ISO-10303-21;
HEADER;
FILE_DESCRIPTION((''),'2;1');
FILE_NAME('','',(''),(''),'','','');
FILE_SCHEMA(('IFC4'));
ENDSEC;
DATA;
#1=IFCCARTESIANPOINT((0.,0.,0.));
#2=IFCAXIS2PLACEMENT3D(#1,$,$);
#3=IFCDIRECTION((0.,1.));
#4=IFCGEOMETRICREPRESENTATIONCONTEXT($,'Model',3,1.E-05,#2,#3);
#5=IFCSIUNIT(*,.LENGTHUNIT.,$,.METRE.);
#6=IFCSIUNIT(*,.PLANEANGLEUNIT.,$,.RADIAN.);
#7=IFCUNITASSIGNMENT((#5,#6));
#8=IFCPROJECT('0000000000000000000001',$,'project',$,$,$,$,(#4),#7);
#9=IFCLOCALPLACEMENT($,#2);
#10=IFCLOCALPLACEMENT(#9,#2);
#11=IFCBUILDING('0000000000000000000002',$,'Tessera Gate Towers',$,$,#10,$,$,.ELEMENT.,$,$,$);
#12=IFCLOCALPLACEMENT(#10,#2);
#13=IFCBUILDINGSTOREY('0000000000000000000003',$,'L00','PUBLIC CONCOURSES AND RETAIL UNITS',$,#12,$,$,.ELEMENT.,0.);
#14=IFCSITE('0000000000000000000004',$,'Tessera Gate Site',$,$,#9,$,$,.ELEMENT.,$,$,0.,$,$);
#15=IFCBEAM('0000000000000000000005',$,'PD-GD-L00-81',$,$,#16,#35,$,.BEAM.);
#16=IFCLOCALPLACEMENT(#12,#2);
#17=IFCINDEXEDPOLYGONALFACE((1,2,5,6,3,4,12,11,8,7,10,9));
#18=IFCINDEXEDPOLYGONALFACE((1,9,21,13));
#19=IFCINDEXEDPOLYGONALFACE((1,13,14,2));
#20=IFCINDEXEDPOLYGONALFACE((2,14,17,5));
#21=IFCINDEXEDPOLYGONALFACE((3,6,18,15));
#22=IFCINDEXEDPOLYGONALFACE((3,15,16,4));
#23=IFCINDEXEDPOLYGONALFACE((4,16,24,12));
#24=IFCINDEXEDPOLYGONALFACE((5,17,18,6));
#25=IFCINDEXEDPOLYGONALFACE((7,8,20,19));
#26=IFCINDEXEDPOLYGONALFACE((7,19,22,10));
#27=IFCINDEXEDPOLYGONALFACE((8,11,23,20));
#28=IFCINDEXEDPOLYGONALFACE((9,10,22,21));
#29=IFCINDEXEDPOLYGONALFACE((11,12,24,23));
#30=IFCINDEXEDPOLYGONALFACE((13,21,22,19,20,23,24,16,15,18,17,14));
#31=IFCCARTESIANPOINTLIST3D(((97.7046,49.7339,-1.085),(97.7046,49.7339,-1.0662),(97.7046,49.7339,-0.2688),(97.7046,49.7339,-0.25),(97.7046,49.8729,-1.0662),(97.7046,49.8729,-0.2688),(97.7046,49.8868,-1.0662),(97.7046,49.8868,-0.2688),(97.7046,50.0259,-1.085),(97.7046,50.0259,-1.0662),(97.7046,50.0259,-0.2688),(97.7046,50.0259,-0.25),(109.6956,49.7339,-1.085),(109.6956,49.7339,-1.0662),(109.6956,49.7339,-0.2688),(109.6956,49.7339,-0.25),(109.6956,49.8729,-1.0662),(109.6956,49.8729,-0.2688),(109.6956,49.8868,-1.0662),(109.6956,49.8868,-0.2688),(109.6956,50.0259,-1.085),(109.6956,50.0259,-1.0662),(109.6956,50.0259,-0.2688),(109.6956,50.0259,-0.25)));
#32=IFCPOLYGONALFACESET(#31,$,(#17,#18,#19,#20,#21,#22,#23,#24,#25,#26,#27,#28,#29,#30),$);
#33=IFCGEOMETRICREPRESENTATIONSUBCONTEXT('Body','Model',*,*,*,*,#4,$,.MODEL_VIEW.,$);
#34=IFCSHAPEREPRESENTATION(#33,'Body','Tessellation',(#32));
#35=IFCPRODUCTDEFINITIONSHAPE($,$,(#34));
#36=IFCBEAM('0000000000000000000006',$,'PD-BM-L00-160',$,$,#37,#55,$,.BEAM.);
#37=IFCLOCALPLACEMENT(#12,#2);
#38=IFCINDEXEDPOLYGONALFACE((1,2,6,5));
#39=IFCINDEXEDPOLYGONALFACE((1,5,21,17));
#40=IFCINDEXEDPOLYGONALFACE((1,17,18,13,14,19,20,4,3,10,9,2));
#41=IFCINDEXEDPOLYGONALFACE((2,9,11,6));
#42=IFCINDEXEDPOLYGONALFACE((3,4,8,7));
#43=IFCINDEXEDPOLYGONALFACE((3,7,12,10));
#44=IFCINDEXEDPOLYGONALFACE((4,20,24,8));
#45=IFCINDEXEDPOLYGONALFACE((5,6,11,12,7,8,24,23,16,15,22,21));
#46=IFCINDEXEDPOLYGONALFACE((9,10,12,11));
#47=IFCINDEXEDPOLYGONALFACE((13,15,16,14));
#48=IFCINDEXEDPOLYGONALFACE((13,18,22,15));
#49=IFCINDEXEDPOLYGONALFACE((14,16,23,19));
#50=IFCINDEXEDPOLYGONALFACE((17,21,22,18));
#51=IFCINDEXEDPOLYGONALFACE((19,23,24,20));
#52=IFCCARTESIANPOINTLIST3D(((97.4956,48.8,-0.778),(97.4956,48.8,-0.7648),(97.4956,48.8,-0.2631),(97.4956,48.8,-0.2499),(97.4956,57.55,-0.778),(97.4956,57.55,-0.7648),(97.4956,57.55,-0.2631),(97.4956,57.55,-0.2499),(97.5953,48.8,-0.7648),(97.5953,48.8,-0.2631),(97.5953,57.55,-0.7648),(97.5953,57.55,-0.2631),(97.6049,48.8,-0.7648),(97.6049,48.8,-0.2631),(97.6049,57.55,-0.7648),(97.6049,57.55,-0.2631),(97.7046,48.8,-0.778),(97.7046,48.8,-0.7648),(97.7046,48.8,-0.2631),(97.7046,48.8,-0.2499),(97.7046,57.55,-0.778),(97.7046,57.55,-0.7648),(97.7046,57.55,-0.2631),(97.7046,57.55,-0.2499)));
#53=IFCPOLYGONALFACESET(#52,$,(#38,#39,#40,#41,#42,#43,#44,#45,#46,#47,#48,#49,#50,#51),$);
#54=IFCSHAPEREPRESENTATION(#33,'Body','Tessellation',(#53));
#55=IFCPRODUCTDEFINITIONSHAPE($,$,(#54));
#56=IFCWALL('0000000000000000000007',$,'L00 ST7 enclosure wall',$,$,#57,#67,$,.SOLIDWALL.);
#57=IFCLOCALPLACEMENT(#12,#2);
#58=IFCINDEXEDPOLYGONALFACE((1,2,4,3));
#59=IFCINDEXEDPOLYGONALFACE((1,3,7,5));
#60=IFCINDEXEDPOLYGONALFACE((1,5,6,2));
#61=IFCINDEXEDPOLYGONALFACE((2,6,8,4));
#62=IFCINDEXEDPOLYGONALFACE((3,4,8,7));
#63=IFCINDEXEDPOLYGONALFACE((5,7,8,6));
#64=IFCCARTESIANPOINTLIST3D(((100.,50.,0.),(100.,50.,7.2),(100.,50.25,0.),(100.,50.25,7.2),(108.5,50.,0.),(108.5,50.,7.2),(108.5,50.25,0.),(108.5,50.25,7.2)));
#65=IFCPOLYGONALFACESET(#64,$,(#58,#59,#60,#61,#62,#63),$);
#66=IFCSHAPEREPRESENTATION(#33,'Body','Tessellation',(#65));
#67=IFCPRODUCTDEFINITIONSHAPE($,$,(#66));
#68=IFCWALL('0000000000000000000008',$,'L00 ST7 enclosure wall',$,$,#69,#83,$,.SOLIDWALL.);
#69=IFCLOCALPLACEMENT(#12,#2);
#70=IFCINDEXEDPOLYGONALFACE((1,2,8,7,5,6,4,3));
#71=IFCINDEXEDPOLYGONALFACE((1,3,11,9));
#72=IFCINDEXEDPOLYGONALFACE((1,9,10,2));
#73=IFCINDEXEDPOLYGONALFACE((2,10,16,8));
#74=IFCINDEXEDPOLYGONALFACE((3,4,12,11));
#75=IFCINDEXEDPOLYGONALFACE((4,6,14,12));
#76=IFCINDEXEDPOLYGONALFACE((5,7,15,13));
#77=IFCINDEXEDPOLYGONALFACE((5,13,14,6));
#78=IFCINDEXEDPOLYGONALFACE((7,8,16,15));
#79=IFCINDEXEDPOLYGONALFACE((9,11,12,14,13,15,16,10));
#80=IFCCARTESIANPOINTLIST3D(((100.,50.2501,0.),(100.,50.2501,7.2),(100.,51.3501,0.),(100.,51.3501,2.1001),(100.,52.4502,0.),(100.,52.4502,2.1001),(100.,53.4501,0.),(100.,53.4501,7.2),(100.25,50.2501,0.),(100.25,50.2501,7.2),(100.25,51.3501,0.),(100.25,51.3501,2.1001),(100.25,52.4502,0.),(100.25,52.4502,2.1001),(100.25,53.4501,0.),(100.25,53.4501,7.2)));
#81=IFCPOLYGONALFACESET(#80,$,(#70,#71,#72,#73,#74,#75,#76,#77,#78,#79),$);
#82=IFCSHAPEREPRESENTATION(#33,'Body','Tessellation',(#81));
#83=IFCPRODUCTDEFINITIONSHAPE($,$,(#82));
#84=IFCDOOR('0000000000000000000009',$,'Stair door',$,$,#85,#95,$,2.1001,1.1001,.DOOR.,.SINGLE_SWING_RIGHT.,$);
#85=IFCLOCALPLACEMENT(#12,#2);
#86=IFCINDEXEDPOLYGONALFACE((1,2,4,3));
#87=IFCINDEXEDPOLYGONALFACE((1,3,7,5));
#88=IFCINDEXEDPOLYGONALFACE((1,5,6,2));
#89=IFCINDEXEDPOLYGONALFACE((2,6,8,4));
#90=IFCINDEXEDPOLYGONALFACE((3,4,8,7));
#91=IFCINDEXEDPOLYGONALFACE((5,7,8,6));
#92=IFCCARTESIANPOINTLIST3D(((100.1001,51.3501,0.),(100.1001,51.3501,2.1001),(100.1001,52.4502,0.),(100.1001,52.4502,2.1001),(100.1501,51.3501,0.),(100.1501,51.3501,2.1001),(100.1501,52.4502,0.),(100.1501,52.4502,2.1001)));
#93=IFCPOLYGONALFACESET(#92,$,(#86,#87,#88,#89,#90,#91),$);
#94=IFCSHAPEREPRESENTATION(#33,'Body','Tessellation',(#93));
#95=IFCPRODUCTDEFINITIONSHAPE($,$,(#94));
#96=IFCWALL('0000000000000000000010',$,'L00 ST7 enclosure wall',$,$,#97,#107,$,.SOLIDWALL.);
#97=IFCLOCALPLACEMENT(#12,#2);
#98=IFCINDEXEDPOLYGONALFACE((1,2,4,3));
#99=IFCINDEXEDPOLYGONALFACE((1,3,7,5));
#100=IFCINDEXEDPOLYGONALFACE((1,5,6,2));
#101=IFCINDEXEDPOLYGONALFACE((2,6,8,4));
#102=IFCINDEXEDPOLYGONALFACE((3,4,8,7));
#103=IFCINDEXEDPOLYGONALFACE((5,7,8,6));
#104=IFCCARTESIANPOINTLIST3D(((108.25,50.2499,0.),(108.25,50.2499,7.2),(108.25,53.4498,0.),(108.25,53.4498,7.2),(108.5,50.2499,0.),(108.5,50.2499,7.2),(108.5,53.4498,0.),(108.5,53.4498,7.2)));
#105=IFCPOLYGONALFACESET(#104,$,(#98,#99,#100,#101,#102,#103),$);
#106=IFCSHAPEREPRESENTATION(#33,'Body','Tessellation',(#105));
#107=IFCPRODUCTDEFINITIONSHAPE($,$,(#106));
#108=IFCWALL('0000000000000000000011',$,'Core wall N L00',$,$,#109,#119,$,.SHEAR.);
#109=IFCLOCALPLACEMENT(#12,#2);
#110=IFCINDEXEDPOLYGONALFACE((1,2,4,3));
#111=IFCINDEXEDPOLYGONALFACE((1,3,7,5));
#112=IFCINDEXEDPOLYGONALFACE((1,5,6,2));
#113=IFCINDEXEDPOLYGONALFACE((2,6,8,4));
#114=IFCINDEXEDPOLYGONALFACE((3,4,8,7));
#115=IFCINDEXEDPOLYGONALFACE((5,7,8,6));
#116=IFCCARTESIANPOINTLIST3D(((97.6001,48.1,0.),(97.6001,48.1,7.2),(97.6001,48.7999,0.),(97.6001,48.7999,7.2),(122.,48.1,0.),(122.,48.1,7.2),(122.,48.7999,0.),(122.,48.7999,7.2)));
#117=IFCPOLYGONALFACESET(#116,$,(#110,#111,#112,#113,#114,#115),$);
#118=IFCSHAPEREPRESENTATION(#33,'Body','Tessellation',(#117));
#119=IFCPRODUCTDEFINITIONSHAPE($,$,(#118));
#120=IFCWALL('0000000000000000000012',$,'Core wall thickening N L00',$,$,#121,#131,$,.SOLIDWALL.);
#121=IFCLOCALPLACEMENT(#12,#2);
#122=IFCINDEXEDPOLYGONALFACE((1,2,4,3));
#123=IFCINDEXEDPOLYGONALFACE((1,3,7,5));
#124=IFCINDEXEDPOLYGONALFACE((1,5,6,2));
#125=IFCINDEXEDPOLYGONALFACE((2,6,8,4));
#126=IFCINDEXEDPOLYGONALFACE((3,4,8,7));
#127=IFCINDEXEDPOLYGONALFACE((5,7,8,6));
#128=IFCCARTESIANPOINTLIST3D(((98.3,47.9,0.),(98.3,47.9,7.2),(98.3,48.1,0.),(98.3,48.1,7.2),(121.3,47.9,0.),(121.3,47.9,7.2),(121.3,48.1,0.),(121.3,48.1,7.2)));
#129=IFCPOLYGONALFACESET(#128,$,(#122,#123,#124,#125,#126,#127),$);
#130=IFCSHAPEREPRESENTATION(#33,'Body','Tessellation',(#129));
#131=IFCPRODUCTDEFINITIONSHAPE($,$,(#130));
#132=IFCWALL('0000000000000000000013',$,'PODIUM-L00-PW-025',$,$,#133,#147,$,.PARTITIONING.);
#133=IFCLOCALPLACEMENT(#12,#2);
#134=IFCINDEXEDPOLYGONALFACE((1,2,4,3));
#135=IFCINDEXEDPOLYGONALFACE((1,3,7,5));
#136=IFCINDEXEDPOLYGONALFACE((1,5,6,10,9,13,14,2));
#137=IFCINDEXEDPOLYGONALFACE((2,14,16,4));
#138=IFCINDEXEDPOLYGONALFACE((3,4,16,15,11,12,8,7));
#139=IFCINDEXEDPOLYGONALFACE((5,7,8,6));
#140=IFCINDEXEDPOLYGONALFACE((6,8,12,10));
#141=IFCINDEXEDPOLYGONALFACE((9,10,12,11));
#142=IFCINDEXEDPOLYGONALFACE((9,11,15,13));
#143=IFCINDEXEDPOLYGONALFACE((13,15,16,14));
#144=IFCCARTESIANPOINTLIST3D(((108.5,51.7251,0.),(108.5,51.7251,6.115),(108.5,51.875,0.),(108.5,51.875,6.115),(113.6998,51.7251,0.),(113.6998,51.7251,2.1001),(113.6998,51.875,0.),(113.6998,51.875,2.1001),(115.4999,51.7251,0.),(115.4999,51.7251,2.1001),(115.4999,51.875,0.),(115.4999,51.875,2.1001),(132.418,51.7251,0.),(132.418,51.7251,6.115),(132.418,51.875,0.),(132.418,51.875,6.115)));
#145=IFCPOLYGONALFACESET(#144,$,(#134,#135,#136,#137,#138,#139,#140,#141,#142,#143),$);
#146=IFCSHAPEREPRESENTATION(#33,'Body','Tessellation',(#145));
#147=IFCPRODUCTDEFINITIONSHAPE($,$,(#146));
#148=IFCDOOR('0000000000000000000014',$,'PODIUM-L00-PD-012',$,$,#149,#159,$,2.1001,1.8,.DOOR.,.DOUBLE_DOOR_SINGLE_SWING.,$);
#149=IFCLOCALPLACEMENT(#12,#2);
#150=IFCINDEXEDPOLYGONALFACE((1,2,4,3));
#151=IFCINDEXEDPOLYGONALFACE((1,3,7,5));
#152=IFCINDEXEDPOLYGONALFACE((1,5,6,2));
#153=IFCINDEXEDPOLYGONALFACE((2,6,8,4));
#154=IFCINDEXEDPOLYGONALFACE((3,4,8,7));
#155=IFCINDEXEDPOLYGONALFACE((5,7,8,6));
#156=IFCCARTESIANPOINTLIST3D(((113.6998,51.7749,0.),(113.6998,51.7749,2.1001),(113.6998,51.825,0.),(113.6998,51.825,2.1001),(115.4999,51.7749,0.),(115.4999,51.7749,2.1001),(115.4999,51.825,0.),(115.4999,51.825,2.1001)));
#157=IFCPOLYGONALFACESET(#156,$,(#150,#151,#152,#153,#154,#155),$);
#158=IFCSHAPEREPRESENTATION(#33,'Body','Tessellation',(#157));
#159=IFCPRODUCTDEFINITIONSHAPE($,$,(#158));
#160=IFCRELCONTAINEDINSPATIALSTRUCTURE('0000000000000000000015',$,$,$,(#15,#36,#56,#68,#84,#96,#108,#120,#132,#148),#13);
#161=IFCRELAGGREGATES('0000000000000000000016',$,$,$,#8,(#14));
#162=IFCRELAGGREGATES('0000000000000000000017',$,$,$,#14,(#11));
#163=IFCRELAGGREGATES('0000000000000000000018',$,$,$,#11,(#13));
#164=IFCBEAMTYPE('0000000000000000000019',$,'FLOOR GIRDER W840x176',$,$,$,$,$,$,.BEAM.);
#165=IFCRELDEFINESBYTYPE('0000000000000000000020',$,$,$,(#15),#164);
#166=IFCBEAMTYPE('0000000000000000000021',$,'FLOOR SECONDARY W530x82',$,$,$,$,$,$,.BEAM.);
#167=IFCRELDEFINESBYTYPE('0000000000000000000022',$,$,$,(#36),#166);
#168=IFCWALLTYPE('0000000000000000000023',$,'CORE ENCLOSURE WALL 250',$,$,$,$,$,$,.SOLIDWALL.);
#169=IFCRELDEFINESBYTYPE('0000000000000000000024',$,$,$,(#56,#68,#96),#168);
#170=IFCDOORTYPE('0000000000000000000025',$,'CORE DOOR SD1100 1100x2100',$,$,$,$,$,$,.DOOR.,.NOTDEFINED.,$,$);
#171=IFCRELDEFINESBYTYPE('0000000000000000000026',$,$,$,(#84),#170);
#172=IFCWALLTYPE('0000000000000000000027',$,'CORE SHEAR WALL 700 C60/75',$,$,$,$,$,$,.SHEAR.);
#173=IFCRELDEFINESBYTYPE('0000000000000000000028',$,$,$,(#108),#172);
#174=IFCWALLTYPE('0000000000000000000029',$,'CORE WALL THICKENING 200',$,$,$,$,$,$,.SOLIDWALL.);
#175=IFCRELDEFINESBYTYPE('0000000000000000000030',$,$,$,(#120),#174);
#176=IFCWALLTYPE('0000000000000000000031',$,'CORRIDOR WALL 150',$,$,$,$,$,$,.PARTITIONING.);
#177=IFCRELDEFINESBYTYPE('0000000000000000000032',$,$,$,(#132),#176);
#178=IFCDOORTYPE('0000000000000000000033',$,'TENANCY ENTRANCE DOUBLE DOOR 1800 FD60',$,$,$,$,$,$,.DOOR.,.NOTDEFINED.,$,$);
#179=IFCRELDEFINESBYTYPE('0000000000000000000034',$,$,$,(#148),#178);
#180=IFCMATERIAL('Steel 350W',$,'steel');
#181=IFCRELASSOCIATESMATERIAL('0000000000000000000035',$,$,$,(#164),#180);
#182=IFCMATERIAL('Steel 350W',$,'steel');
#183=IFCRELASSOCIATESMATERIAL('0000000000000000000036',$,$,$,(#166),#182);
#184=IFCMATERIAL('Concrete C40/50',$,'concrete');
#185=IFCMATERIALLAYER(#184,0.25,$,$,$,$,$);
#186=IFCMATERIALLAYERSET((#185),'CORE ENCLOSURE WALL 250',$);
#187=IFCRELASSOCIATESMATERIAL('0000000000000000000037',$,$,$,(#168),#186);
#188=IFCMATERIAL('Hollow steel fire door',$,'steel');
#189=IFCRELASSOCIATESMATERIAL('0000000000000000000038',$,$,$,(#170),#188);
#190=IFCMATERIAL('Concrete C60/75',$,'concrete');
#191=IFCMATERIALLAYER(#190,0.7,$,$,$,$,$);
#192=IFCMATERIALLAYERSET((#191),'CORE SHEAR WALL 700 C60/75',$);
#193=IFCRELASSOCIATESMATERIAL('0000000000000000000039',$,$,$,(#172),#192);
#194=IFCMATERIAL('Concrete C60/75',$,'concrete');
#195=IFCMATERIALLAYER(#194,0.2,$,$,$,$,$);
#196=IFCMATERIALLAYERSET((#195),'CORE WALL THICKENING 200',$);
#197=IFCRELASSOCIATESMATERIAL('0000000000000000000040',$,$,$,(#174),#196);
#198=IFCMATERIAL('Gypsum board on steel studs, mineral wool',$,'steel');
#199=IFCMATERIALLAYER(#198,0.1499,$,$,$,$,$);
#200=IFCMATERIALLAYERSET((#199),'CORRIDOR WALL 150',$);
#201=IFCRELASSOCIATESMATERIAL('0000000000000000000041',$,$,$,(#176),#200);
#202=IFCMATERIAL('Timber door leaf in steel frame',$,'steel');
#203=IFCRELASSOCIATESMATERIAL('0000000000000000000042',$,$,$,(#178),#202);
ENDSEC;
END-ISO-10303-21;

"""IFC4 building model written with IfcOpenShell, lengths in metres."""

from ifc_helpers import new_model, si_unit, direction, frame, frame_2d, origin, origin_2d, place, context, subcontext, project, spatial, rectangle, i_section, extrude, source, transform, mapped, material, layer, layer_set, material_profile, profile_set, type_object, element, fill, save


model = new_model("IFC4")

# Units and contexts
model_context = context("Model", 3, precision=1e-05, world=origin(), true_north=direction((0.0, 1.0)))
body_context = subcontext(model_context, "Body", "Model", "MODEL_VIEW")
ifc_project = project(units=[si_unit("LENGTHUNIT", "METRE"), si_unit("PLANEANGLEUNIT", "RADIAN")], contexts=[model_context])

# Site, building, storey
site_placement = place(None, origin())
site = spatial("IfcSite", under=ifc_project, at=site_placement, Name="Tessera Gate Site", CompositionType="ELEMENT", RefElevation=0.0)
building_placement = place(site_placement, origin())
building = spatial("IfcBuilding", under=site, at=building_placement, Name="Tessera Gate Towers", CompositionType="ELEMENT")
storey_placement = place(building_placement, origin())
storey = spatial("IfcBuildingStorey", under=building, at=storey_placement, Name="L00", Description="PUBLIC CONCOURSES AND RETAIL UNITS", CompositionType="ELEMENT", Elevation=0.0)

# Beams
ifc_material_1 = material(Name="Steel 350W", Category="steel")
ifc_material_profile_1 = material_profile(ifc_material_1, i_section(OverallWidth=0.292, OverallDepth=0.835, WebThickness=0.0139, FlangeThickness=0.0188, at=origin_2d()), Name="W840x176")
ifc_profile_set_1 = profile_set([ifc_material_profile_1], Name="Steel 350W")
beam_type_1 = type_object("IfcBeamType", Name="FLOOR GIRDER W840x176", PredefinedType="BEAM", material=ifc_profile_set_1)
beam_1_placement = place(storey_placement, frame((97.7046, 49.8799, -0.6675), z_axis=(1.0, 0.0, 0.0), x_axis=(0.0, 1.0, 0.0)))
element("IfcBeam", 1, at=beam_1_placement, inside=storey, type_object=beam_type_1, Name="PD-GD-L00-81", PredefinedType="BEAM", context=body_context, shape_type="SweptSolid", body=[
    extrude(i_section(OverallWidth=0.292, OverallDepth=0.835, WebThickness=0.0139, FlangeThickness=0.0188, at=origin_2d()), origin(), (0.0, 0.0, 1.0), 11.991),
])
ifc_material_2 = material(Name="Steel 350W", Category="steel")
ifc_material_profile_2 = material_profile(ifc_material_2, i_section(OverallWidth=0.209, OverallDepth=0.5281, WebThickness=0.0095, FlangeThickness=0.0132, at=origin_2d()), Name="W530x82")
ifc_profile_set_2 = profile_set([ifc_material_profile_2], Name="Steel 350W")
beam_type_2 = type_object("IfcBeamType", Name="FLOOR SECONDARY W530x82", PredefinedType="BEAM", material=ifc_profile_set_2)
beam_2_placement = place(storey_placement, frame((97.6001, 48.8, -0.5139), z_axis=(0.0, 1.0, 0.0), x_axis=(-1.0, 0.0, 0.0)))
element("IfcBeam", 2, at=beam_2_placement, inside=storey, type_object=beam_type_2, Name="PD-BM-L00-160", PredefinedType="BEAM", context=body_context, shape_type="SweptSolid", body=[
    extrude(i_section(OverallWidth=0.209, OverallDepth=0.5281, WebThickness=0.0095, FlangeThickness=0.0132, at=origin_2d()), origin(), (0.0, 0.0, 1.0), 8.75),
])

# Wall
ifc_material_3 = material(Name="Concrete C40/50", Category="concrete")
ifc_layer_1 = layer(ifc_material_3, 0.25)
ifc_layer_set_1 = layer_set([ifc_layer_1], Name="CORE ENCLOSURE WALL 250")
wall_type_1 = type_object("IfcWallType", Name="CORE ENCLOSURE WALL 250", PredefinedType="SOLIDWALL", material=ifc_layer_set_1)
wall_1_placement = place(storey_placement, frame((108.5, 50.125, 0.0), z_axis=(0.0, 0.0, 1.0), x_axis=(-1.0, 0.0, 0.0)))
element("IfcWall", 3, at=wall_1_placement, inside=storey, type_object=wall_type_1, Name="L00 ST7 enclosure wall", PredefinedType="SOLIDWALL", context=body_context, shape_type="SweptSolid", body=[
    extrude(rectangle(XDim=8.5, YDim=0.25, at=frame_2d((4.25, 0.0))), origin(), (0.0, 0.0, 1.0), 7.2),
])

# Wall, opening, door
wall_2_placement = place(storey_placement, frame((100.125, 50.25, 0.0), z_axis=(0.0, 0.0, 1.0), x_axis=(0.0, 1.0, 0.0)))
wall_2 = element("IfcWall", 4, at=wall_2_placement, inside=storey, type_object=wall_type_1, Name="L00 ST7 enclosure wall", PredefinedType="SOLIDWALL", context=body_context, shape_type="SweptSolid", body=[
    extrude(rectangle(XDim=3.2, YDim=0.25, at=frame_2d((1.6001, 0.0))), origin(), (0.0, 0.0, 1.0), 7.2),
])
shared_shape_1 = source(origin(), body_context, "Body", "SweptSolid", [
    extrude(rectangle(XDim=1.1001, YDim=2.1001, at=frame_2d((0.55, 1.05))), frame((0.0, 0.135, 0.0), z_axis=(0.0, -1.0, 0.0), x_axis=(1.0, 0.0, 0.0)), (0.0, 0.0, 1.0), 0.27),
])
opening_1_placement = place(wall_2_placement, frame((1.1001, 0.0, 0.0)))
opening_1 = element("IfcOpeningElement", 5, at=opening_1_placement, cuts=wall_2, PredefinedType="OPENING", context=body_context, shape_type="MappedRepresentation", body=[
    mapped(shared_shape_1, transform((0.0, 0.0, 0.0), scale=1.0)),
])
ifc_material_4 = material(Name="Hollow steel fire door", Category="steel")
door_type_1 = type_object("IfcDoorType", Name="CORE DOOR SD1100 1100x2100", OperationType="NOTDEFINED", PredefinedType="DOOR", material=ifc_material_4)
shared_shape_2 = source(origin(), body_context, "Body", "SweptSolid", [
    extrude(rectangle(XDim=1.1001, YDim=2.1001, at=frame_2d((0.55, 1.05))), frame((0.0, 0.0249, 0.0), z_axis=(0.0, -1.0, 0.0), x_axis=(1.0, 0.0, 0.0)), (0.0, 0.0, 1.0), 0.05),
])
door_1_placement = place(opening_1_placement, origin())
door_1 = element("IfcDoor", 6, at=door_1_placement, inside=storey, type_object=door_type_1, Name="Stair door", OperationType="SINGLE_SWING_RIGHT", OverallHeight=2.1001, OverallWidth=1.1001, PredefinedType="DOOR", context=body_context, shape_type="MappedRepresentation", body=[
    mapped(shared_shape_2, transform((0.0, 0.0, 0.0), scale=1.0)),
])
fill(opening_1, door_1)

# Walls
wall_3_placement = place(storey_placement, frame((108.375, 53.45, 0.0), z_axis=(0.0, 0.0, 1.0), x_axis=(0.0, -1.0, 0.0)))
element("IfcWall", 7, at=wall_3_placement, inside=storey, type_object=wall_type_1, Name="L00 ST7 enclosure wall", PredefinedType="SOLIDWALL", context=body_context, shape_type="SweptSolid", body=[
    extrude(rectangle(XDim=3.2, YDim=0.25, at=frame_2d((1.6001, 0.0))), origin(), (0.0, 0.0, 1.0), 7.2),
])
ifc_material_5 = material(Name="Concrete C60/75", Category="concrete")
ifc_layer_2 = layer(ifc_material_5, 0.7)
ifc_layer_set_2 = layer_set([ifc_layer_2], Name="CORE SHEAR WALL 700 C60/75")
wall_type_2 = type_object("IfcWallType", Name="CORE SHEAR WALL 700 C60/75", PredefinedType="SHEAR", material=ifc_layer_set_2)
wall_4_placement = place(storey_placement, frame((97.6001, 48.45, 0.0), z_axis=(0.0, 0.0, 1.0), x_axis=(1.0, 0.0, 0.0)))
element("IfcWall", 8, at=wall_4_placement, inside=storey, type_object=wall_type_2, Name="Core wall N L00", PredefinedType="SHEAR", context=body_context, shape_type="SweptSolid", body=[
    extrude(rectangle(XDim=24.3999, YDim=0.7, at=frame_2d((12.2, 0.0))), origin(), (0.0, 0.0, 1.0), 7.2),
])
ifc_material_6 = material(Name="Concrete C60/75", Category="concrete")
ifc_layer_3 = layer(ifc_material_6, 0.2)
ifc_layer_set_3 = layer_set([ifc_layer_3], Name="CORE WALL THICKENING 200")
wall_type_3 = type_object("IfcWallType", Name="CORE WALL THICKENING 200", PredefinedType="SOLIDWALL", material=ifc_layer_set_3)
wall_5_placement = place(storey_placement, frame((98.3, 48.0, 0.0), z_axis=(0.0, 0.0, 1.0), x_axis=(1.0, 0.0, 0.0)))
element("IfcWall", 9, at=wall_5_placement, inside=storey, type_object=wall_type_3, Name="Core wall thickening N L00", PredefinedType="SOLIDWALL", context=body_context, shape_type="SweptSolid", body=[
    extrude(rectangle(XDim=23.0, YDim=0.2, at=frame_2d((11.5, 0.0))), origin(), (0.0, 0.0, 1.0), 7.2),
])

# Wall, opening, door
ifc_material_7 = material(Name="Gypsum board on steel studs, mineral wool", Category="steel")
ifc_layer_4 = layer(ifc_material_7, 0.1499)
ifc_layer_set_4 = layer_set([ifc_layer_4], Name="CORRIDOR WALL 150")
wall_type_4 = type_object("IfcWallType", Name="CORRIDOR WALL 150", PredefinedType="PARTITIONING", material=ifc_layer_set_4)
wall_6_placement = place(storey_placement, frame((108.5, 51.8, 0.0), z_axis=(0.0, 0.0, 1.0), x_axis=(1.0, 0.0, 0.0)))
wall_6 = element("IfcWall", 10, at=wall_6_placement, inside=storey, type_object=wall_type_4, Name="PODIUM-L00-PW-025", PredefinedType="PARTITIONING", context=body_context, shape_type="SweptSolid", body=[
    extrude(rectangle(XDim=23.918, YDim=0.1499, at=frame_2d((11.959, 0.0))), origin(), (0.0, 0.0, 1.0), 6.115),
])
shared_shape_3 = source(origin(), body_context, "Body", "SweptSolid", [
    extrude(rectangle(XDim=1.8, YDim=2.1001, at=frame_2d((0.8999, 1.05))), frame((0.0, 0.085, 0.0), z_axis=(0.0, -1.0, 0.0), x_axis=(1.0, 0.0, 0.0)), (0.0, 0.0, 1.0), 0.1699),
])
opening_2_placement = place(wall_6_placement, frame((5.2, 0.0, 0.0)))
opening_2 = element("IfcOpeningElement", 11, at=opening_2_placement, cuts=wall_6, PredefinedType="OPENING", context=body_context, shape_type="MappedRepresentation", body=[
    mapped(shared_shape_3, transform((0.0, 0.0, 0.0), scale=1.0)),
])
ifc_material_8 = material(Name="Timber door leaf in steel frame", Category="steel")
door_type_2 = type_object("IfcDoorType", Name="TENANCY ENTRANCE DOUBLE DOOR 1800 FD60", OperationType="NOTDEFINED", PredefinedType="DOOR", material=ifc_material_8)
shared_shape_4 = source(origin(), body_context, "Body", "SweptSolid", [
    extrude(rectangle(XDim=1.8, YDim=2.1001, at=frame_2d((0.8999, 1.05))), frame((0.0, 0.0249, 0.0), z_axis=(0.0, -1.0, 0.0), x_axis=(1.0, 0.0, 0.0)), (0.0, 0.0, 1.0), 0.05),
])
door_2_placement = place(opening_2_placement, origin())
door_2 = element("IfcDoor", 12, at=door_2_placement, inside=storey, type_object=door_type_2, Name="PODIUM-L00-PD-012", OperationType="DOUBLE_DOOR_SINGLE_SWING", OverallHeight=2.1001, OverallWidth=1.8, PredefinedType="DOOR", context=body_context, shape_type="MappedRepresentation", body=[
    mapped(shared_shape_4, transform((0.0, 0.0, 0.0), scale=1.0)),
])
fill(opening_2, door_2)

save(model, "model.ifc")
